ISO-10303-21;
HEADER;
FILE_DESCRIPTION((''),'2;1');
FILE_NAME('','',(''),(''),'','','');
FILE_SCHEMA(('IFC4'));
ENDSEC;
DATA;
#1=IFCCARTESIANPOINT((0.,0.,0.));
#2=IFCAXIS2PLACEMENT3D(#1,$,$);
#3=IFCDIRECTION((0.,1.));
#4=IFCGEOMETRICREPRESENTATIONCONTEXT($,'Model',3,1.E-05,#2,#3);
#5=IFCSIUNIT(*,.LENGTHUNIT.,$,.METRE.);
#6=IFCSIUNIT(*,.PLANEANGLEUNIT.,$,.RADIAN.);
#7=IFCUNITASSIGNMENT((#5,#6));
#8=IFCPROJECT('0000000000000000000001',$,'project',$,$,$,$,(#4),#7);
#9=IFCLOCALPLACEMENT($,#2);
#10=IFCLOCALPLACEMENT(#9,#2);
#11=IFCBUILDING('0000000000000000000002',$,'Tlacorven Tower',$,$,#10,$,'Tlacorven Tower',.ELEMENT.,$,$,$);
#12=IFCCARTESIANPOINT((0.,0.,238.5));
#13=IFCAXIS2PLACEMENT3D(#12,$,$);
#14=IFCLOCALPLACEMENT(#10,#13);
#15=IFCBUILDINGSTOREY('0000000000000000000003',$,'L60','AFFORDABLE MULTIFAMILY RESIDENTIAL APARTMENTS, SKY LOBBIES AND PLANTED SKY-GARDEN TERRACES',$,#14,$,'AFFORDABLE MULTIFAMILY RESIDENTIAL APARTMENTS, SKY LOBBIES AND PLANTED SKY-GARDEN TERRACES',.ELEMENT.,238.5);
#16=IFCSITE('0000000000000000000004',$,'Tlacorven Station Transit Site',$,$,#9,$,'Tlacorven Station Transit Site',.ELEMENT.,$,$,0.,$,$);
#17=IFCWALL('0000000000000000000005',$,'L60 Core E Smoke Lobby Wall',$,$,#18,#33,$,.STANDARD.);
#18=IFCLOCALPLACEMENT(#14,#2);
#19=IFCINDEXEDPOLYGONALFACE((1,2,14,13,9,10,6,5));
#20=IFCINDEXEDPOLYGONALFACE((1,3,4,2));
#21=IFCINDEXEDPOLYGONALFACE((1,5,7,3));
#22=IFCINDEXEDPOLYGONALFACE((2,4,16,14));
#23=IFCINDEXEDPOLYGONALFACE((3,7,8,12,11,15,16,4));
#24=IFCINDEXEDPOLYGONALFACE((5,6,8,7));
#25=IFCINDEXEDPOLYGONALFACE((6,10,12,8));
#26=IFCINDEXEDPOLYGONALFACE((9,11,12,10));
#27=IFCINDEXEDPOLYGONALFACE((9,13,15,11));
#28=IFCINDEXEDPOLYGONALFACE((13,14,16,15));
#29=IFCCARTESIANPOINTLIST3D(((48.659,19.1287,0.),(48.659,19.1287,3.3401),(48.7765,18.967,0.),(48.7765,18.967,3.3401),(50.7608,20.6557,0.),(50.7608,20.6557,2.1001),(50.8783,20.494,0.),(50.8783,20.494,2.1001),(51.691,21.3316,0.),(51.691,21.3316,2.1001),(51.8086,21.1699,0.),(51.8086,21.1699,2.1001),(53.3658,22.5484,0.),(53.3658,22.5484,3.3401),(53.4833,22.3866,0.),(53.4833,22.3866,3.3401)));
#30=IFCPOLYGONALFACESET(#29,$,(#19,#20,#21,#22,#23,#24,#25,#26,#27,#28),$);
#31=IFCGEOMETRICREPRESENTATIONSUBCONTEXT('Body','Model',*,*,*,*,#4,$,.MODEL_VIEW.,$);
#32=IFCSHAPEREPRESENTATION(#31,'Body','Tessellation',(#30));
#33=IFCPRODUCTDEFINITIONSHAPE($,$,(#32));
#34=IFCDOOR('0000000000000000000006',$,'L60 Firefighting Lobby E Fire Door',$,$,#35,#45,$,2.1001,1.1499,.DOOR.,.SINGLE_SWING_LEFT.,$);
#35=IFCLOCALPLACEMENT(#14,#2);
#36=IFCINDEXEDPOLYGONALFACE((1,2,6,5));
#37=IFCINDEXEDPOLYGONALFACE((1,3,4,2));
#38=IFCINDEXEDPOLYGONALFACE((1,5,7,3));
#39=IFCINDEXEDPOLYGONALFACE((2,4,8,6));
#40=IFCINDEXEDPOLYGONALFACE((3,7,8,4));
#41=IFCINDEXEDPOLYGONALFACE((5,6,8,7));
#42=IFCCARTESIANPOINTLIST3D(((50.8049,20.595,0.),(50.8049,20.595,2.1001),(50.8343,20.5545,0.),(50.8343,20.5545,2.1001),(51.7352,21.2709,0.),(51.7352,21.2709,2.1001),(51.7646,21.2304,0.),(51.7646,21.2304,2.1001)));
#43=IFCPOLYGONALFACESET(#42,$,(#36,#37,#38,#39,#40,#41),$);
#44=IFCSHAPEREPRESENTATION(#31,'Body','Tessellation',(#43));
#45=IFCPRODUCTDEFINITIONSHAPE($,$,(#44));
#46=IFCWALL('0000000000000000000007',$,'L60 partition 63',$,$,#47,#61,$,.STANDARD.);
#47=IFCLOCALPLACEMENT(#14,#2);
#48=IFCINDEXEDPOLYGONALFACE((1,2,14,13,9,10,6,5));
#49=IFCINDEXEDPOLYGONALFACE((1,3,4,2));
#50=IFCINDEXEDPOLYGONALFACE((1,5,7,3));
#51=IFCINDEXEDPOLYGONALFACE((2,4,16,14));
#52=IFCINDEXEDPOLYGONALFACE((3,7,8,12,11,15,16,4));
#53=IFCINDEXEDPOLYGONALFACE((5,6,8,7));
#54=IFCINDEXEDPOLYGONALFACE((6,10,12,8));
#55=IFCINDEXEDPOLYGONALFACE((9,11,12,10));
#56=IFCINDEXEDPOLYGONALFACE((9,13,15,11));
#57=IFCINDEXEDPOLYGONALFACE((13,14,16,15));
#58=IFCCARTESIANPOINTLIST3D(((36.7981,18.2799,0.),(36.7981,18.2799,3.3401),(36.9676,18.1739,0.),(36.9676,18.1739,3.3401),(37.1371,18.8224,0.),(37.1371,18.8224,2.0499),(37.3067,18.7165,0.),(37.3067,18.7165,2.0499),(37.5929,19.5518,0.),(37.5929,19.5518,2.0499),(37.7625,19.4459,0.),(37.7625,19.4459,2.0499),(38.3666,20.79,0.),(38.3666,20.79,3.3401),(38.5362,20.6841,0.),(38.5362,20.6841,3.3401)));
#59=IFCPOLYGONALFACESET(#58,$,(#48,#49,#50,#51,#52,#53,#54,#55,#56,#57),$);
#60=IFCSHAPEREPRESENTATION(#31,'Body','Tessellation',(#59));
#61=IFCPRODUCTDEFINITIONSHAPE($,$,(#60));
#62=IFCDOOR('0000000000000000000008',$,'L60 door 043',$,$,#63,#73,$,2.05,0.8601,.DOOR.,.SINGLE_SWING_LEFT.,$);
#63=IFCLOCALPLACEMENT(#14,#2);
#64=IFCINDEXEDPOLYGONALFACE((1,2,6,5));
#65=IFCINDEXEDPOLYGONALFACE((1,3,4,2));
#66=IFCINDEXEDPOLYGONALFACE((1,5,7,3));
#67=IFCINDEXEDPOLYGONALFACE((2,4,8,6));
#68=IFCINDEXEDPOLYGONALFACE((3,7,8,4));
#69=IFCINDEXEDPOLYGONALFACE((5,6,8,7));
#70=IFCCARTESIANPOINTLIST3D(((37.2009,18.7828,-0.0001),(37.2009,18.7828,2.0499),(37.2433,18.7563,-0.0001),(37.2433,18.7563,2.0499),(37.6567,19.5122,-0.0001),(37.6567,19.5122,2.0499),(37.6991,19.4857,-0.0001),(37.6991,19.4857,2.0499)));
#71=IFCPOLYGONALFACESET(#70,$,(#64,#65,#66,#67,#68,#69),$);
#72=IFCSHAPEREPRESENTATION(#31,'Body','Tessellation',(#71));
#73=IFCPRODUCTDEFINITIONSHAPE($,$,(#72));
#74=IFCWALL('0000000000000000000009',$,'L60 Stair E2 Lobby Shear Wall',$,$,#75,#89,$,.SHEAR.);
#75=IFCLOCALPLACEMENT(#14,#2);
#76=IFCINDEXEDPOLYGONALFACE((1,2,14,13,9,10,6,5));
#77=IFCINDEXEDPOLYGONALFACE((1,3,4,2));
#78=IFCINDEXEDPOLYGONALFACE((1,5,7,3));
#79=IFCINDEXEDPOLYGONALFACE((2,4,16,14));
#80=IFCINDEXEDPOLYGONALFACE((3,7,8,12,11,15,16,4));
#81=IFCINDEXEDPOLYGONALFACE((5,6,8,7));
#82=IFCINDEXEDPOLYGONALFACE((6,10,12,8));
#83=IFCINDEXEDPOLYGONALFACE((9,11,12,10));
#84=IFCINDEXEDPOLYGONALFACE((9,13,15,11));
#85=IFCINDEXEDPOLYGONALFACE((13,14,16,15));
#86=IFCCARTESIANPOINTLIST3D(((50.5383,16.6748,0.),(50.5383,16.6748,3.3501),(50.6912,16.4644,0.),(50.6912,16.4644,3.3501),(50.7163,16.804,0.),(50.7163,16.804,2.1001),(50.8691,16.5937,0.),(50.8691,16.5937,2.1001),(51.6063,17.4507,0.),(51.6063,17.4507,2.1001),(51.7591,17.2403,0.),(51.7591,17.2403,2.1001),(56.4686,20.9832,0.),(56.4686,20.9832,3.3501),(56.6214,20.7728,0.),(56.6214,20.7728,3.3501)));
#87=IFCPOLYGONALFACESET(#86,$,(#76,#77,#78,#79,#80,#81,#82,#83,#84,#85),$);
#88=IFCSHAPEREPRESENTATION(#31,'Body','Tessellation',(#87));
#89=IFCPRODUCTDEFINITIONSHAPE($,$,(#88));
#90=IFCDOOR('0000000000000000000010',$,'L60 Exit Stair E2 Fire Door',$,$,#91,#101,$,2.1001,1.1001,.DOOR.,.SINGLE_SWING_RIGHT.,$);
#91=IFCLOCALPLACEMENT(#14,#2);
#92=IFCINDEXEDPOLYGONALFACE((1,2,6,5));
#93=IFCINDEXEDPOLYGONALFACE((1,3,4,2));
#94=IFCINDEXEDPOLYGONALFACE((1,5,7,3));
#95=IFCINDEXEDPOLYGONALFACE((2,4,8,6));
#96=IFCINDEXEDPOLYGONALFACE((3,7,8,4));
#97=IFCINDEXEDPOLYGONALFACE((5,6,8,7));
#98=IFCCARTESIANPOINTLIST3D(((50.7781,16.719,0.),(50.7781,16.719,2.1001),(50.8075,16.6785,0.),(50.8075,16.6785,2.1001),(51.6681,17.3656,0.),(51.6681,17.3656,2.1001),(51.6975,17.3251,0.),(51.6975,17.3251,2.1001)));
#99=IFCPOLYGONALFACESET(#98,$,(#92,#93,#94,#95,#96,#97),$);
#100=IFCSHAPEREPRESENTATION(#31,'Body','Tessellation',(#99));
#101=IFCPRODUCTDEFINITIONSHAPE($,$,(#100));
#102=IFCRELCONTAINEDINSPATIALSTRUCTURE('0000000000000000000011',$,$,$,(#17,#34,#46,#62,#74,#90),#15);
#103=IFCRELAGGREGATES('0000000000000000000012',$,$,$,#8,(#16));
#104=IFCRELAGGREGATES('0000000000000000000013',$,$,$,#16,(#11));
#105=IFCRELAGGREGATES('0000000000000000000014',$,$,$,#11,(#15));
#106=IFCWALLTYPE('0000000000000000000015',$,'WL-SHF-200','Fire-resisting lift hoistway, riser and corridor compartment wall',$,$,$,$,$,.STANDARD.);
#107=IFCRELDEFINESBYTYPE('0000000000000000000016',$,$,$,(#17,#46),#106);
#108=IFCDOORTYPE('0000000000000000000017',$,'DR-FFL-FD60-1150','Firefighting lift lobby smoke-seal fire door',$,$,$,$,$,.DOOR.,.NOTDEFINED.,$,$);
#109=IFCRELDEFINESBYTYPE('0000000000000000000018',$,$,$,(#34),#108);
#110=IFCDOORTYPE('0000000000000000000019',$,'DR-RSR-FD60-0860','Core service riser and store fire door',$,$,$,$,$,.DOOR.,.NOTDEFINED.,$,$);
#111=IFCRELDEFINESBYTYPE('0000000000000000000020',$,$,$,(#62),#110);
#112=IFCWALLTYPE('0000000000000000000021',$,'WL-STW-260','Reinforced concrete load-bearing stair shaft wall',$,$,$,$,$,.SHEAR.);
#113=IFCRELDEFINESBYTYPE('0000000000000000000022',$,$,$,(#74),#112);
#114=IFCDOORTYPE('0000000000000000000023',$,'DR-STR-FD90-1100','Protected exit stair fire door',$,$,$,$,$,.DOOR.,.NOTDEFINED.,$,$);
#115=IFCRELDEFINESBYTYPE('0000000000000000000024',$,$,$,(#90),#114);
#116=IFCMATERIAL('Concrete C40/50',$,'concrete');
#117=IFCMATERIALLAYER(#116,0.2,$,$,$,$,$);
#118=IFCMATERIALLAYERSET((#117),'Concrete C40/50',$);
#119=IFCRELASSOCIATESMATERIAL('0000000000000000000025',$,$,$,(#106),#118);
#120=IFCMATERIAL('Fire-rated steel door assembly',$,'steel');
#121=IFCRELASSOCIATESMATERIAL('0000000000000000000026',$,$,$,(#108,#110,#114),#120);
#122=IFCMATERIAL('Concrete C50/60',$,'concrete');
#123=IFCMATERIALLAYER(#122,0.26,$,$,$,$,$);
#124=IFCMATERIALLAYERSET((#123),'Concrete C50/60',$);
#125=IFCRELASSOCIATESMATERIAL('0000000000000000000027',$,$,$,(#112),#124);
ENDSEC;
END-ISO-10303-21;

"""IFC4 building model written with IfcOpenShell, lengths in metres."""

from ifc_helpers import new_model, si_unit, direction, frame, frame_2d, origin, place, context, subcontext, project, spatial, rectangle, extrude, source, transform, mapped, material, layer, layer_set, type_object, element, fill, save


model = new_model("IFC4")

# Units and contexts
model_context = context("Model", 3, precision=1e-05, world=origin(), true_north=direction((0.0, 1.0)))
body_context = subcontext(model_context, "Body", "Model", "MODEL_VIEW")
ifc_project = project(units=[si_unit("LENGTHUNIT", "METRE"), si_unit("PLANEANGLEUNIT", "RADIAN")], contexts=[model_context])

# Site, building, storey
site_placement = place(None, origin())
site = spatial("IfcSite", under=ifc_project, at=site_placement, Name="Tlacorven Station Transit Site", LongName="Tlacorven Station Transit Site", CompositionType="ELEMENT", RefElevation=0.0)
building_placement = place(site_placement, origin())
building = spatial("IfcBuilding", under=site, at=building_placement, Name="Tlacorven Tower", LongName="Tlacorven Tower", CompositionType="ELEMENT")
storey_placement = place(building_placement, frame((0.0, 0.0, 238.5)))
storey = spatial("IfcBuildingStorey", under=building, at=storey_placement, Name="L60", Description="AFFORDABLE MULTIFAMILY RESIDENTIAL APARTMENTS, SKY LOBBIES AND PLANTED SKY-GARDEN TERRACES", LongName="AFFORDABLE MULTIFAMILY RESIDENTIAL APARTMENTS, SKY LOBBIES AND PLANTED SKY-GARDEN TERRACES", CompositionType="ELEMENT", Elevation=238.5)

# Shared definitions
ifc_material_1 = material(Name="Concrete C50/60", Category="concrete")

# Shared definitions
ifc_material_2 = material(Name="Fire-rated steel door assembly", Category="steel")

# Walls, openings, doors
ifc_material_3 = material(Name="Concrete C40/50", Category="concrete")
ifc_layer_1 = layer(ifc_material_3, 0.2)
ifc_layer_set_1 = layer_set([ifc_layer_1], Name="Concrete C40/50")
wall_type_1 = type_object("IfcWallType", Name="WL-SHF-200", Description="Fire-resisting lift hoistway, riser and corridor compartment wall", PredefinedType="STANDARD", material=ifc_layer_set_1)
door_type_1 = type_object("IfcDoorType", Name="DR-FFL-FD60-1150", Description="Firefighting lift lobby smoke-seal fire door", OperationType="NOTDEFINED", PredefinedType="DOOR", material=ifc_material_2)
shared_shape_1 = source(origin(), body_context, "Body", "SweptSolid", [
    extrude(rectangle(XDim=1.1499, YDim=2.1001, at=frame_2d((0.575, 1.05))), frame((0.0, 0.0249, 0.0), z_axis=(0.0, -1.0, 0.0), x_axis=(1.0, 0.0, 0.0)), (0.0, 0.0, 1.0), 0.05),
])
wall_1_placement = place(storey_placement, frame((48.7178, 19.0479, 0.0), z_axis=(0.0, 0.0, 1.0), x_axis=(0.809017, 0.587785, 0.0)))
wall_1 = element("IfcWall", 1, at=wall_1_placement, inside=storey, type_object=wall_type_1, Name="L60 Core E Smoke Lobby Wall", PredefinedType="STANDARD", context=body_context, shape_type="SweptSolid", body=[
    extrude(rectangle(XDim=5.8179, YDim=0.2, at=frame_2d((2.9089, 0.0))), origin(), (0.0, 0.0, 1.0), 3.3401),
])
opening_1_placement = place(wall_1_placement, frame((2.5979, 0.0, 0.0)))
opening_1 = element("IfcOpeningElement", 2, at=opening_1_placement, cuts=wall_1, PredefinedType="OPENING", context=body_context, shape_type="SweptSolid", body=[
    extrude(rectangle(XDim=1.1499, YDim=2.1001, at=frame_2d((0.575, 1.05))), frame((0.0, 0.1099, 0.0), z_axis=(0.0, -1.0, 0.0), x_axis=(1.0, 0.0, 0.0)), (0.0, 0.0, 1.0), 0.22),
])
door_1_placement = place(opening_1_placement, origin())
door_1 = element("IfcDoor", 3, at=door_1_placement, inside=storey, type_object=door_type_1, Name="L60 Firefighting Lobby E Fire Door", OperationType="SINGLE_SWING_LEFT", OverallHeight=2.1001, OverallWidth=1.1499, PredefinedType="DOOR", context=body_context, shape_type="MappedRepresentation", body=[
    mapped(shared_shape_1, transform((0.0, 0.0, 0.0), scale=1.0)),
])
fill(opening_1, door_1)
wall_2_placement = place(storey_placement, frame((38.4514, 20.7371, 0.0), z_axis=(0.0, 0.0, 1.0), x_axis=(-0.529925, -0.848045, 0.0)))
wall_2 = element("IfcWall", 4, at=wall_2_placement, inside=storey, type_object=wall_type_1, Name="L60 partition 63", PredefinedType="STANDARD", context=body_context, shape_type="SweptSolid", body=[
    extrude(rectangle(XDim=2.96, YDim=0.2, at=frame_2d((1.48, 0.0))), origin(), (0.0, 0.0, 1.0), 3.3401),
])
opening_2_placement = place(wall_2_placement, frame((1.46, 0.0, 0.0)))
opening_2 = element("IfcOpeningElement", 5, at=opening_2_placement, cuts=wall_2, PredefinedType="OPENING", context=body_context, shape_type="SweptSolid", body=[
    extrude(rectangle(XDim=0.8601, YDim=2.05, at=frame_2d((0.4302, 1.0249))), frame((0.0, 0.1099, 0.0), z_axis=(0.0, -1.0, 0.0), x_axis=(1.0, 0.0, 0.0)), (0.0, 0.0, 1.0), 0.22),
])
door_type_2 = type_object("IfcDoorType", Name="DR-RSR-FD60-0860", Description="Core service riser and store fire door", OperationType="NOTDEFINED", PredefinedType="DOOR", material=ifc_material_2)
shared_shape_2 = source(origin(), body_context, "Body", "SweptSolid", [
    extrude(rectangle(XDim=0.8601, YDim=2.05, at=frame_2d((0.4302, 1.0249))), frame((0.0, 0.0249, 0.0), z_axis=(0.0, -1.0, 0.0), x_axis=(1.0, 0.0, 0.0)), (0.0, 0.0, 1.0), 0.05),
])
door_2_placement = place(opening_2_placement, frame((0.8601, 0.0, 0.0), z_axis=(0.0, 0.0, 1.0), x_axis=(-1.0, 0.0, 0.0)))
door_2 = element("IfcDoor", 6, at=door_2_placement, inside=storey, type_object=door_type_2, Name="L60 door 043", OperationType="SINGLE_SWING_LEFT", OverallHeight=2.05, OverallWidth=0.8601, PredefinedType="DOOR", context=body_context, shape_type="MappedRepresentation", body=[
    mapped(shared_shape_2, transform((0.0, 0.0, 0.0), scale=1.0)),
])
fill(opening_2, door_2)
ifc_layer_2 = layer(ifc_material_1, 0.26)
ifc_layer_set_2 = layer_set([ifc_layer_2], Name="Concrete C50/60")
wall_type_2 = type_object("IfcWallType", Name="WL-STW-260", Description="Reinforced concrete load-bearing stair shaft wall", PredefinedType="SHEAR", material=ifc_layer_set_2)
wall_3_placement = place(storey_placement, frame((50.6147, 16.5696, 0.0), z_axis=(0.0, 0.0, 1.0), x_axis=(0.809028, 0.58777, 0.0)))
wall_3 = element("IfcWall", 7, at=wall_3_placement, inside=storey, type_object=wall_type_2, Name="L60 Stair E2 Lobby Shear Wall", PredefinedType="SHEAR", context=body_context, shape_type="SweptSolid", body=[
    extrude(rectangle(XDim=7.3301, YDim=0.26, at=frame_2d((3.665, 0.0))), origin(), (0.0, 0.0, 1.0), 3.3501),
])
opening_3_placement = place(wall_3_placement, frame((0.22, 0.0, 0.0)))
opening_3 = element("IfcOpeningElement", 8, at=opening_3_placement, cuts=wall_3, PredefinedType="OPENING", context=body_context, shape_type="SweptSolid", body=[
    extrude(rectangle(XDim=1.1001, YDim=2.1001, at=frame_2d((0.55, 1.05))), frame((0.0, 0.1401, 0.0), z_axis=(0.0, -1.0, 0.0), x_axis=(1.0, 0.0, 0.0)), (0.0, 0.0, 1.0), 0.28),
])
door_type_3 = type_object("IfcDoorType", Name="DR-STR-FD90-1100", Description="Protected exit stair fire door", OperationType="NOTDEFINED", PredefinedType="DOOR", material=ifc_material_2)
shared_shape_3 = source(origin(), body_context, "Body", "SweptSolid", [
    extrude(rectangle(XDim=1.1001, YDim=2.1001, at=frame_2d((0.55, 1.05))), frame((0.0, 0.0249, 0.0), z_axis=(0.0, -1.0, 0.0), x_axis=(1.0, 0.0, 0.0)), (0.0, 0.0, 1.0), 0.05),
])
door_3_placement = place(opening_3_placement, origin())
door_3 = element("IfcDoor", 9, at=door_3_placement, inside=storey, type_object=door_type_3, Name="L60 Exit Stair E2 Fire Door", OperationType="SINGLE_SWING_RIGHT", OverallHeight=2.1001, OverallWidth=1.1001, PredefinedType="DOOR", context=body_context, shape_type="MappedRepresentation", body=[
    mapped(shared_shape_3, transform((0.0, 0.0, 0.0), scale=1.0)),
])
fill(opening_3, door_3)

save(model, "model.ifc")
